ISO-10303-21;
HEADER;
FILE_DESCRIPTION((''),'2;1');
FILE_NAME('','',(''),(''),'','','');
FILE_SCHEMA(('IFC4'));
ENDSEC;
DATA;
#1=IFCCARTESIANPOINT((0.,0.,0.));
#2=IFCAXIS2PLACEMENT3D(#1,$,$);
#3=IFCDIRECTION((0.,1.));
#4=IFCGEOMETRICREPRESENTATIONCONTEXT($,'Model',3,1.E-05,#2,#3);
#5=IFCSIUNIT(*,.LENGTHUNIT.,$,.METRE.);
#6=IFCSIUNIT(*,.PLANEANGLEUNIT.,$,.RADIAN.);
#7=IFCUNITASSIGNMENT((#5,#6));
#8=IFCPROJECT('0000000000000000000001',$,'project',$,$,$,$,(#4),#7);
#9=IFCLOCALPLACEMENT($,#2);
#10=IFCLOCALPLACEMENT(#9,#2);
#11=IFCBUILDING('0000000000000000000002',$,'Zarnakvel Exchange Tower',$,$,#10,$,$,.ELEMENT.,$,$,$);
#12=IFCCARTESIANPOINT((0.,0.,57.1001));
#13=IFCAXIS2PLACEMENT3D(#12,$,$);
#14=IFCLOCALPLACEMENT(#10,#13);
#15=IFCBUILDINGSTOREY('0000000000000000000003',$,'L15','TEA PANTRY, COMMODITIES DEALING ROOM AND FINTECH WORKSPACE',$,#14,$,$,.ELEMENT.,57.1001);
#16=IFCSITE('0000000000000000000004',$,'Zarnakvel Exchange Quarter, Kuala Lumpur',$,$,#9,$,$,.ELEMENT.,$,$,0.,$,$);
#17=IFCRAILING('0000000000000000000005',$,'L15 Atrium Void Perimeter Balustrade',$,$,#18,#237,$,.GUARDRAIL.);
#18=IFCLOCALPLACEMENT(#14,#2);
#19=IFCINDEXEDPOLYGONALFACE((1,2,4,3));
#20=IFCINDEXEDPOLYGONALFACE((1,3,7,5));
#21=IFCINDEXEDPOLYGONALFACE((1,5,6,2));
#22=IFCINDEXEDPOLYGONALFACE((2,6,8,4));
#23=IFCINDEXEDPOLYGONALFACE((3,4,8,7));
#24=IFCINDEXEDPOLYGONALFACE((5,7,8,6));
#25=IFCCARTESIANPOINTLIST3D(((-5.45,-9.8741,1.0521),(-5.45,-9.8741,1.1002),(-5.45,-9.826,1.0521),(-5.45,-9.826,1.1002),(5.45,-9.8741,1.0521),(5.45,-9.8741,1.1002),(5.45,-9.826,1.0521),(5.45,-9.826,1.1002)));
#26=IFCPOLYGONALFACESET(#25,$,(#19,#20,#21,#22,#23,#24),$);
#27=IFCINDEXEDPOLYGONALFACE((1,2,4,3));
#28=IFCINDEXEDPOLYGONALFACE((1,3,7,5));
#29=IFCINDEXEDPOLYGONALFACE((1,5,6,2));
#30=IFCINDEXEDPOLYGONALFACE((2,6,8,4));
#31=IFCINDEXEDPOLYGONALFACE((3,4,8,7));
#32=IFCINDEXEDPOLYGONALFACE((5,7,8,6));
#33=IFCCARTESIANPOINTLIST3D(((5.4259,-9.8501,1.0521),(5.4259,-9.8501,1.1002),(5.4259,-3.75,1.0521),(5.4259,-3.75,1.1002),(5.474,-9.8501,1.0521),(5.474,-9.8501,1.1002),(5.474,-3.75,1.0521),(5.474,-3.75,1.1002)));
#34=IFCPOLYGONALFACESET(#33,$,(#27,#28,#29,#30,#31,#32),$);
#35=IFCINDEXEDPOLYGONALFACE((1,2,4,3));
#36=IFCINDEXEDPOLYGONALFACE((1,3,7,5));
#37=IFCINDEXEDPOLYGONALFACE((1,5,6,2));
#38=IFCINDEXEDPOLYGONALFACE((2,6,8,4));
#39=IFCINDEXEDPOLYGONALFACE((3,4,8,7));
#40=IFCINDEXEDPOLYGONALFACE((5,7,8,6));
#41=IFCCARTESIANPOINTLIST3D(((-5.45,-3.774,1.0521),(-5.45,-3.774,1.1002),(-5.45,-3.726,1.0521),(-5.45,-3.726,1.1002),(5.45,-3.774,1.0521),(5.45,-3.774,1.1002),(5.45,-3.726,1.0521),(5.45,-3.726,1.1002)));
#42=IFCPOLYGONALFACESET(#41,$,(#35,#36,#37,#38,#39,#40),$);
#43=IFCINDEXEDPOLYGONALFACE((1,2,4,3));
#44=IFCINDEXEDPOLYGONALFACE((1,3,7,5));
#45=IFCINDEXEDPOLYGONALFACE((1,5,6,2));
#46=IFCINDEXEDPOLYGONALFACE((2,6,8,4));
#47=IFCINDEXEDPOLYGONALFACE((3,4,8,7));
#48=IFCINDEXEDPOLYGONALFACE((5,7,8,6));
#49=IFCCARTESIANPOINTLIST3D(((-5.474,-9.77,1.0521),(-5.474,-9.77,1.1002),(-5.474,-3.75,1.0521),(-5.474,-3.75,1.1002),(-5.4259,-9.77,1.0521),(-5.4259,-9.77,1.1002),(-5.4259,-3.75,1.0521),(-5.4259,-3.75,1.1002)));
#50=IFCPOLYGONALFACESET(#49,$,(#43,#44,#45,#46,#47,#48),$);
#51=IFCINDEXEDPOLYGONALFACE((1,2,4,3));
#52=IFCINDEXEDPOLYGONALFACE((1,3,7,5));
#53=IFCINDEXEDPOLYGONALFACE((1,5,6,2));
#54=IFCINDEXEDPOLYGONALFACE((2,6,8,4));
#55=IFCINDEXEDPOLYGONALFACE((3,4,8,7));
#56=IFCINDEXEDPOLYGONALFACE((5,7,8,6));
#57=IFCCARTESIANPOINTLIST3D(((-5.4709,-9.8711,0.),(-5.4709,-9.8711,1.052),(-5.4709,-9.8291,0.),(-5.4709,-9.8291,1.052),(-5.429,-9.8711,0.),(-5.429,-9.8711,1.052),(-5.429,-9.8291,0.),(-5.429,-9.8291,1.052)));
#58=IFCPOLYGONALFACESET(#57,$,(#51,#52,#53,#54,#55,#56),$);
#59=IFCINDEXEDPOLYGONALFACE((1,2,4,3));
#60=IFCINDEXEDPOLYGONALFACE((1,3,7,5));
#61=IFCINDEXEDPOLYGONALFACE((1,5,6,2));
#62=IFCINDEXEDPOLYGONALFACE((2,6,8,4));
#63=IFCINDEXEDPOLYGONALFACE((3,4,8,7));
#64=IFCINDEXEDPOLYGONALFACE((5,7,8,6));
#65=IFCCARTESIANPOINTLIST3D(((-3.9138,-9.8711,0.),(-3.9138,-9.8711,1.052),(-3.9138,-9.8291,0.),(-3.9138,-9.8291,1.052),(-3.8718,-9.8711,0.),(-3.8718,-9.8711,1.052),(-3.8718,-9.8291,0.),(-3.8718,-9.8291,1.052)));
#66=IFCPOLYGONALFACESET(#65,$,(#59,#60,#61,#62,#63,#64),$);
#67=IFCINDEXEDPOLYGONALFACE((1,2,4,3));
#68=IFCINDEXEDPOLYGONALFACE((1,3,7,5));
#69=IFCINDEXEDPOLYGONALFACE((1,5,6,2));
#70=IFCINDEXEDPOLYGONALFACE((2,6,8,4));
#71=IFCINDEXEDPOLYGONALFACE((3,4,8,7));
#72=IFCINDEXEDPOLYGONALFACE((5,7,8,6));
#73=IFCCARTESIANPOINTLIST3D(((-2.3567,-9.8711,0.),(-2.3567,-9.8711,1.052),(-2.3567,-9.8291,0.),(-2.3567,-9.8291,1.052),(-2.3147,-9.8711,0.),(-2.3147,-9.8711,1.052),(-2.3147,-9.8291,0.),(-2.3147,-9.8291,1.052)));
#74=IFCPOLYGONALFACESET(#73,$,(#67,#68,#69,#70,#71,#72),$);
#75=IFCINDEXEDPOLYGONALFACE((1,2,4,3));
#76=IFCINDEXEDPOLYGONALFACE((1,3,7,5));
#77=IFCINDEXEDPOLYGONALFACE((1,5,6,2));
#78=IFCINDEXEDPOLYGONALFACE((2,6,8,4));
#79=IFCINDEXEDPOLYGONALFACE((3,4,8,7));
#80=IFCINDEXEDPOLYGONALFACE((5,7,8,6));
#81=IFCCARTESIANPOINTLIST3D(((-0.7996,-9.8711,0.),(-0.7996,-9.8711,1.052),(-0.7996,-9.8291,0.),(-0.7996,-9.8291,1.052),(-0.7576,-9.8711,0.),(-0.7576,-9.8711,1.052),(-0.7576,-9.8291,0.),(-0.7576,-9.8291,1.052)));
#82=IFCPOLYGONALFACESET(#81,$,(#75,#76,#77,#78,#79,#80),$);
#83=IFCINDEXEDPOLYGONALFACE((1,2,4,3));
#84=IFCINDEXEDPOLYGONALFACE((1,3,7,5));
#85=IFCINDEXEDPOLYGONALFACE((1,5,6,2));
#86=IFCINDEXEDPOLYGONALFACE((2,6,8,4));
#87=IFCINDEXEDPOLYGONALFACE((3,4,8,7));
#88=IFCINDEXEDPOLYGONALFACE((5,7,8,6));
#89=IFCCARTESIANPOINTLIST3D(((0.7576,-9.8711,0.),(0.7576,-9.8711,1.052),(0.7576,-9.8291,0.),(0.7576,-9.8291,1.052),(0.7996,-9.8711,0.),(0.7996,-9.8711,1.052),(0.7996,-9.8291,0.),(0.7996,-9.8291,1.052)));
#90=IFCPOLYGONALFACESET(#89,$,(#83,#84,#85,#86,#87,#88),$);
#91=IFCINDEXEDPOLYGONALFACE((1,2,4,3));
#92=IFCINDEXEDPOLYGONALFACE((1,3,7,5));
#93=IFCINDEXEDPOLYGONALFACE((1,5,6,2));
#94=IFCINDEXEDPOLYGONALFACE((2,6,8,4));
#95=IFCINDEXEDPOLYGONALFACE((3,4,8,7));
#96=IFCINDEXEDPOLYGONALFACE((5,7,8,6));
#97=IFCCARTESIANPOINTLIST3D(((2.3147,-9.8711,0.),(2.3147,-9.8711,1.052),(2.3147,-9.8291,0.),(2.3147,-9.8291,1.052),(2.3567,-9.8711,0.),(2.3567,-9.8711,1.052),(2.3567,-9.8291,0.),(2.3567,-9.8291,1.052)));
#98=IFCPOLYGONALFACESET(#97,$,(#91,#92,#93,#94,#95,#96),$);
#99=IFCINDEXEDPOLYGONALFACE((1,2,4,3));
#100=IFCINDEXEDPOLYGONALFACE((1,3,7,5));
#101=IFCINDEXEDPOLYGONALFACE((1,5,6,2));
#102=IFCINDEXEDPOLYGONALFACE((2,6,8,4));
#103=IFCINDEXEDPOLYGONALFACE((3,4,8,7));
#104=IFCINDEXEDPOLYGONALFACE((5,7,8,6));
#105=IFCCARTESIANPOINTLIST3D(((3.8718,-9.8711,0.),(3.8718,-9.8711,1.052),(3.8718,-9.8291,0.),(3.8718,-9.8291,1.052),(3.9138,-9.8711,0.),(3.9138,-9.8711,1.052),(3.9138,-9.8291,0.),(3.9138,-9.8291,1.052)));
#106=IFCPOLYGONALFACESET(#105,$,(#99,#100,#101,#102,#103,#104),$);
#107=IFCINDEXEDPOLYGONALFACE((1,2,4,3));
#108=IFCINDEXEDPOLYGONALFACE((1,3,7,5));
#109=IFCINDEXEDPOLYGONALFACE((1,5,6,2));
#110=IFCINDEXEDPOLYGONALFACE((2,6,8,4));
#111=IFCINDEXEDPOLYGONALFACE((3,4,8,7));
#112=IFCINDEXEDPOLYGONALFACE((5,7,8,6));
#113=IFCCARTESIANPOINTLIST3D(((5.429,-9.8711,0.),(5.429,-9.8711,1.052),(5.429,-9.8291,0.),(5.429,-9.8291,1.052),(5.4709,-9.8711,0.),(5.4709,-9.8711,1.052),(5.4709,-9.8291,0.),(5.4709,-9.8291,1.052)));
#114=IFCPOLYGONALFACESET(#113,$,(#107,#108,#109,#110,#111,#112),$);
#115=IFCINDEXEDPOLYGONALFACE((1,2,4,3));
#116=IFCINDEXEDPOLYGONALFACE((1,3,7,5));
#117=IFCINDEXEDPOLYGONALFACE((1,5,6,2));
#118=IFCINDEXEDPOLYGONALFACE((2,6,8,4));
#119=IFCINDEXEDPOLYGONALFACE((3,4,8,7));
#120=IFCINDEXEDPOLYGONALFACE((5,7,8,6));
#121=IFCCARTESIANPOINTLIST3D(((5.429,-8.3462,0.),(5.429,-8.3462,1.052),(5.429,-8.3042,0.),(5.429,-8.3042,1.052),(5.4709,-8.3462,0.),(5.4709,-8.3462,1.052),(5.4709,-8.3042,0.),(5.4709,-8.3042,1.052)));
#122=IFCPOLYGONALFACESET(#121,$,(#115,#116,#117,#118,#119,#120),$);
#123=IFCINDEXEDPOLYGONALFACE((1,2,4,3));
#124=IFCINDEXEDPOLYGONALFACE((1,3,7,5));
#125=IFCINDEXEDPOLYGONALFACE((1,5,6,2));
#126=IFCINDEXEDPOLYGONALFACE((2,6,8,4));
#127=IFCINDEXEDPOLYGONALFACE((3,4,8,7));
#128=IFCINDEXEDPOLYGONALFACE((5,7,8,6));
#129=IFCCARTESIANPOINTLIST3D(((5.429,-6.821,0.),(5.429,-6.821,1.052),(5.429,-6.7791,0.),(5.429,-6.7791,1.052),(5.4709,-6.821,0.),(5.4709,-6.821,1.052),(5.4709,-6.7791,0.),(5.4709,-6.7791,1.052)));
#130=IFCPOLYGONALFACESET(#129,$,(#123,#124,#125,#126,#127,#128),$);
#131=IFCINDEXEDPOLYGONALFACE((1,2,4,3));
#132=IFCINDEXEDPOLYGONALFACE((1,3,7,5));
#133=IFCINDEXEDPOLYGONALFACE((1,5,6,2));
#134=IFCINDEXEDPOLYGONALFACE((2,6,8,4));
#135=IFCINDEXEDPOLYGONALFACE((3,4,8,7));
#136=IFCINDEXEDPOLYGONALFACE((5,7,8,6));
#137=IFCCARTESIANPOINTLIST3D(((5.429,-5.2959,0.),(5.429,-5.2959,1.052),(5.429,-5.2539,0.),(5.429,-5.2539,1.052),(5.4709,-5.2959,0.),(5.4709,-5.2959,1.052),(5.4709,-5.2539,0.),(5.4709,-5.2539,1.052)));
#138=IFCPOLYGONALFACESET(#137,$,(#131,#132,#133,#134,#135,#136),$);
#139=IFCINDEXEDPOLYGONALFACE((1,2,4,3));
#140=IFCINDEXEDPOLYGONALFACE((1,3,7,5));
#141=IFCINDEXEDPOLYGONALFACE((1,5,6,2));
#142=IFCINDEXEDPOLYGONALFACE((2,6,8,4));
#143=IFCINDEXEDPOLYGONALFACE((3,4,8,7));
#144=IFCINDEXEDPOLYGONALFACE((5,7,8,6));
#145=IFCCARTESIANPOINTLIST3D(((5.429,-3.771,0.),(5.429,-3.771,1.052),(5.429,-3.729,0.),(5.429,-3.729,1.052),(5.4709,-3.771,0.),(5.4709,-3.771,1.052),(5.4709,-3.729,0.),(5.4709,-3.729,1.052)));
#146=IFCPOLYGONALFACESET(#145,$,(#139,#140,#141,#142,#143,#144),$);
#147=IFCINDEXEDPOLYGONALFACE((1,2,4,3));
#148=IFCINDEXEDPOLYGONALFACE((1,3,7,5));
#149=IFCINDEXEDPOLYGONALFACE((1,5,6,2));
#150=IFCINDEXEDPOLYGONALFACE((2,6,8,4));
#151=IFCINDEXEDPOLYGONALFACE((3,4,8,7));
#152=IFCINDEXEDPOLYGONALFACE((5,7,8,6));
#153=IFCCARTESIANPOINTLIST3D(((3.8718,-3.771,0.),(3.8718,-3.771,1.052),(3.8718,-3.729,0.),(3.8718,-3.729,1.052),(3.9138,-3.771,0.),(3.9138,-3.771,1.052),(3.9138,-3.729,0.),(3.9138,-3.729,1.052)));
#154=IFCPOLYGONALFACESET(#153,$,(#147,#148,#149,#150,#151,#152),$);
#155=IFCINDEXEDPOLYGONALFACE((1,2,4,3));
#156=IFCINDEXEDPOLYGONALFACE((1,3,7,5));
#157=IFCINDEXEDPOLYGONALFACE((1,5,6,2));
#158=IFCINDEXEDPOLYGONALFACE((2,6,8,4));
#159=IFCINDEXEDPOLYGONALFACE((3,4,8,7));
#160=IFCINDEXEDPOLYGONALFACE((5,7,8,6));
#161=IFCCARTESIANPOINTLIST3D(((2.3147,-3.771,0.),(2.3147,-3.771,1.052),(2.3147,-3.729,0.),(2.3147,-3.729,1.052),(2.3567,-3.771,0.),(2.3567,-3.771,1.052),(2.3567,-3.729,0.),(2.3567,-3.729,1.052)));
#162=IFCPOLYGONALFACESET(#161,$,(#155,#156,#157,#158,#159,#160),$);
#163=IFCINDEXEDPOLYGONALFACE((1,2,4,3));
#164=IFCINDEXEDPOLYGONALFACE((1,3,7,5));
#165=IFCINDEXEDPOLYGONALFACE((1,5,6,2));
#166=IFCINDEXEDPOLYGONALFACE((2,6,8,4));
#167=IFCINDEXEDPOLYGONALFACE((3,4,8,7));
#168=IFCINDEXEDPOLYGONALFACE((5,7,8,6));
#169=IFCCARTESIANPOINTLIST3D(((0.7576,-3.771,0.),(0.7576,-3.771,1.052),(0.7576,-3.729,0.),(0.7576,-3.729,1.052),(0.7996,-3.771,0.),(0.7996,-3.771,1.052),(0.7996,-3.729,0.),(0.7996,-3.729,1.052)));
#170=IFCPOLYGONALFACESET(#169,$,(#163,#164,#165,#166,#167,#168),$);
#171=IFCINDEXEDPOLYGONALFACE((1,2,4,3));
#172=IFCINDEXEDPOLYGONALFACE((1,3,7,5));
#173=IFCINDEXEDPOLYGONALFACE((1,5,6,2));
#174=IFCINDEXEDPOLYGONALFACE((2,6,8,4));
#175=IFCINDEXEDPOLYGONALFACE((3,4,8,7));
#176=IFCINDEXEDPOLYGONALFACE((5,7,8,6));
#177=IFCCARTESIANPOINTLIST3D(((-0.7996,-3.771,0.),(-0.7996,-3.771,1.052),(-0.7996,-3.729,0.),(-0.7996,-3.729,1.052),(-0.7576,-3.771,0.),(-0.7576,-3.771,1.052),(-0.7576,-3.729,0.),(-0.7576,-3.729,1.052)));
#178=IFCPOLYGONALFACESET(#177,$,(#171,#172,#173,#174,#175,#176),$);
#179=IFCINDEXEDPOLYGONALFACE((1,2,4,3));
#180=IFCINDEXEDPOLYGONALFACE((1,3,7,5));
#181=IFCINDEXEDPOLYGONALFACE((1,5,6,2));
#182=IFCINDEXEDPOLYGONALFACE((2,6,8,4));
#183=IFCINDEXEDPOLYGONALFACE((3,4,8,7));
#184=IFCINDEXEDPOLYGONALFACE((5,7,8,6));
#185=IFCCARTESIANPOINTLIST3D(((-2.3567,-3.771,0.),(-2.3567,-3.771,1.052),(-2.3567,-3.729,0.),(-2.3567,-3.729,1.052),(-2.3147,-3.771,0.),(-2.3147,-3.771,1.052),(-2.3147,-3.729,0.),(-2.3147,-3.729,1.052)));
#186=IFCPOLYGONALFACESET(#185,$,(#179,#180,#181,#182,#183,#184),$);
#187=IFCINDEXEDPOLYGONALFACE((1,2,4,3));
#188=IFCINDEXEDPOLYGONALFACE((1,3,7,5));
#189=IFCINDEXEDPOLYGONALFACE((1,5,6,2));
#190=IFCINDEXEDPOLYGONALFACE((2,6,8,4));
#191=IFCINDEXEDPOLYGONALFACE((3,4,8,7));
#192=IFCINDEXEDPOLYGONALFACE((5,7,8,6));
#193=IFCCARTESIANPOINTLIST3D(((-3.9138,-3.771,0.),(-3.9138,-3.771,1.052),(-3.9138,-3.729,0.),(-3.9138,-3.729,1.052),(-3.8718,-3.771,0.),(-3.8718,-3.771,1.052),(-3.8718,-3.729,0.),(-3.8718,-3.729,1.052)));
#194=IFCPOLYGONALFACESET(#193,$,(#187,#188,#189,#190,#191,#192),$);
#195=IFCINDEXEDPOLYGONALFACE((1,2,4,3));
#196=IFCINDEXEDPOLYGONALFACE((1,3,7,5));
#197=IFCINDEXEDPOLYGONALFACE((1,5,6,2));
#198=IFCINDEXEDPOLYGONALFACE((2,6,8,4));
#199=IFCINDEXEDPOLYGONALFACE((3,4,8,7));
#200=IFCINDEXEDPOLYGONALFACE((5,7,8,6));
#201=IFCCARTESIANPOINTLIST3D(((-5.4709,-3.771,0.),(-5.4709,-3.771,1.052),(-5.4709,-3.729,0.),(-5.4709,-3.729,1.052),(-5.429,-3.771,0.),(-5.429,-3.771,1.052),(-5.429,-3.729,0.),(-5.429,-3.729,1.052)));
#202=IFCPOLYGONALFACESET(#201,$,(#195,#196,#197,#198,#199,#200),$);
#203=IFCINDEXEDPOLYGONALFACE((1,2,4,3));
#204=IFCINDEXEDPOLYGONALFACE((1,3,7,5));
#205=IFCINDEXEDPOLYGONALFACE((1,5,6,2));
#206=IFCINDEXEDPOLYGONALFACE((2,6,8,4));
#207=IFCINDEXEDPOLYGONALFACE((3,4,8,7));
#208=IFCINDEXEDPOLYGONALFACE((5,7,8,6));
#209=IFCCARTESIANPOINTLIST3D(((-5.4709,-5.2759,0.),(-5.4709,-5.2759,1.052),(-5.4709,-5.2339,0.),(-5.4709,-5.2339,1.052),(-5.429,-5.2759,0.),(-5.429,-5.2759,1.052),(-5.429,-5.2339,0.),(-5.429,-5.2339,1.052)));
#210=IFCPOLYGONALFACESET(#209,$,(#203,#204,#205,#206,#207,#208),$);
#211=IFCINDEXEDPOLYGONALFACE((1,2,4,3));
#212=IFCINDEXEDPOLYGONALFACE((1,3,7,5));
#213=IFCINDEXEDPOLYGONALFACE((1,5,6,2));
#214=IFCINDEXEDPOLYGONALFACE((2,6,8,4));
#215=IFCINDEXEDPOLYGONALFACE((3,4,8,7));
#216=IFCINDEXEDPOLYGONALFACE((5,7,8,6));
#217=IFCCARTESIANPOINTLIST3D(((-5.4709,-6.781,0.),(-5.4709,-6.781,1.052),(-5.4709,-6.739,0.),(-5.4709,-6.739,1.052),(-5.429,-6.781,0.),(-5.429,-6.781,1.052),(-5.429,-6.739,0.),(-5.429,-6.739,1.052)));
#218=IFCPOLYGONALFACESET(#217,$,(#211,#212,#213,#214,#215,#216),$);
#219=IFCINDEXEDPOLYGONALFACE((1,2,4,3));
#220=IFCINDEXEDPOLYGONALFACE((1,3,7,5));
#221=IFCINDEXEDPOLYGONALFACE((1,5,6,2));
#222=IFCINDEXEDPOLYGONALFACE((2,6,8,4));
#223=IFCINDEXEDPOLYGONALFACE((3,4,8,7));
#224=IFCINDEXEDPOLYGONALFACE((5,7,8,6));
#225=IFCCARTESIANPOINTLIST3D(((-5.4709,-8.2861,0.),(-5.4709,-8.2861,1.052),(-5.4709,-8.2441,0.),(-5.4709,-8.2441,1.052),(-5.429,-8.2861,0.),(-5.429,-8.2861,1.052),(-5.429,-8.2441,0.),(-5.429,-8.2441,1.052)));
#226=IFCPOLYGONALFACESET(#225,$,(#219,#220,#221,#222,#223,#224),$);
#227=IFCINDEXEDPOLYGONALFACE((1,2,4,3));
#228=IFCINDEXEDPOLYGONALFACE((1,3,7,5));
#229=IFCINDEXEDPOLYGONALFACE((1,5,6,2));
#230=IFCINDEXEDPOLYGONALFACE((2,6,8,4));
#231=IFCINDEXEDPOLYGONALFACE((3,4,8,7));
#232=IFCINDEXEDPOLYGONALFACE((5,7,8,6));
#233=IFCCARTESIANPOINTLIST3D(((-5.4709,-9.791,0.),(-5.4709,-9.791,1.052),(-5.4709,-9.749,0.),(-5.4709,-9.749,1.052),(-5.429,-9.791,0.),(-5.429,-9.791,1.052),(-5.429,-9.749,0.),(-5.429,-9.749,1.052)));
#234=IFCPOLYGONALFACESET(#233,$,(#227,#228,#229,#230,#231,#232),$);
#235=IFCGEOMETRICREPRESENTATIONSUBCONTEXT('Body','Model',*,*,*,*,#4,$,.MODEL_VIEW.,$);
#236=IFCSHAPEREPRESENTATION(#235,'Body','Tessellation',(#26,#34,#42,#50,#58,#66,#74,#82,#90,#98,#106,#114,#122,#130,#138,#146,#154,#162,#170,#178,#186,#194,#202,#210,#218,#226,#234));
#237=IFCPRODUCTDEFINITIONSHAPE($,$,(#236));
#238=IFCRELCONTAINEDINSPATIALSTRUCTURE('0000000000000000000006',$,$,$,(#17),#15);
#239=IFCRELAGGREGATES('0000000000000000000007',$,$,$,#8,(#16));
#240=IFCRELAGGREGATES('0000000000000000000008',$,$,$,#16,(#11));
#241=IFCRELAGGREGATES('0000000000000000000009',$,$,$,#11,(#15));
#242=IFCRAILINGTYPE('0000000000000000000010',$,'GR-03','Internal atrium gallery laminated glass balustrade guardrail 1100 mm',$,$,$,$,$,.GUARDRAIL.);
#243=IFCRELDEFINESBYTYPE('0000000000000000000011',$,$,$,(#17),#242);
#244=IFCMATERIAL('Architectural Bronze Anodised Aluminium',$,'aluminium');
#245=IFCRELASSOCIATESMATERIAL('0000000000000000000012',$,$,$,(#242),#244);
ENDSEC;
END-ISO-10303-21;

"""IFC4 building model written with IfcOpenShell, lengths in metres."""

from ifc_helpers import new_model, si_unit, direction, frame, origin, origin_2d, place, context, subcontext, project, spatial, rectangle, extrude, material, type_object, element, save


model = new_model("IFC4")

# Units and contexts
model_context = context("Model", 3, precision=1e-05, world=origin(), true_north=direction((0.0, 1.0)))
body_context = subcontext(model_context, "Body", "Model", "MODEL_VIEW")
ifc_project = project(units=[si_unit("LENGTHUNIT", "METRE"), si_unit("PLANEANGLEUNIT", "RADIAN")], contexts=[model_context])

# Site, building, storey
site_placement = place(None, origin())
site = spatial("IfcSite", under=ifc_project, at=site_placement, Name="Zarnakvel Exchange Quarter, Kuala Lumpur", CompositionType="ELEMENT", RefElevation=0.0)
building_placement = place(site_placement, origin())
building = spatial("IfcBuilding", under=site, at=building_placement, Name="Zarnakvel Exchange Tower", CompositionType="ELEMENT")
storey_placement = place(building_placement, frame((0.0, 0.0, 57.1001)))
storey = spatial("IfcBuildingStorey", under=building, at=storey_placement, Name="L15", Description="TEA PANTRY, COMMODITIES DEALING ROOM AND FINTECH WORKSPACE", CompositionType="ELEMENT", Elevation=57.1001)

# Shared definitions
ifc_material_1 = material(Name="Architectural Bronze Anodised Aluminium", Category="aluminium")

# Railing
railing_type_1 = type_object("IfcRailingType", Name="GR-03", Description="Internal atrium gallery laminated glass balustrade guardrail 1100 mm", PredefinedType="GUARDRAIL", material=ifc_material_1)
railing_1_placement = place(storey_placement, frame((-5.45, -9.8501, 0.0)))
element("IfcRailing", 1, at=railing_1_placement, inside=storey, type_object=railing_type_1, Name="L15 Atrium Void Perimeter Balustrade", PredefinedType="GUARDRAIL", context=body_context, shape_type="SweptSolid", body=[
    extrude(rectangle(XDim=0.0481, YDim=0.0481, at=origin_2d()), frame((0.0, 0.0, 1.0762), z_axis=(1.0, 0.0, 0.0), x_axis=(0.0, 1.0, 0.0)), (0.0, 0.0, 1.0), 10.8999),
    extrude(rectangle(XDim=0.0481, YDim=0.0481, at=origin_2d()), frame((10.8999, 0.0, 1.0762), z_axis=(0.0, 1.0, 0.0), x_axis=(-1.0, 0.0, 0.0)), (0.0, 0.0, 1.0), 6.1001),
    extrude(rectangle(XDim=0.0481, YDim=0.0481, at=origin_2d()), frame((10.8999, 6.1001, 1.0762), z_axis=(-1.0, 0.0, 0.0), x_axis=(0.0, -1.0, 0.0)), (0.0, 0.0, 1.0), 10.8999),
    extrude(rectangle(XDim=0.0481, YDim=0.0481, at=origin_2d()), frame((0.0, 6.1001, 1.0762), z_axis=(0.0, -1.0, 0.0), x_axis=(1.0, 0.0, 0.0)), (0.0, 0.0, 1.0), 6.02),
    extrude(rectangle(XDim=0.042, YDim=0.042, at=origin_2d()), origin(), (0.0, 0.0, 1.0), 1.052),
    extrude(rectangle(XDim=0.042, YDim=0.042, at=origin_2d()), frame((1.5571, 0.0, 0.0)), (0.0, 0.0, 1.0), 1.052),
    extrude(rectangle(XDim=0.042, YDim=0.042, at=origin_2d()), frame((3.1143, 0.0, 0.0)), (0.0, 0.0, 1.0), 1.052),
    extrude(rectangle(XDim=0.042, YDim=0.042, at=origin_2d()), frame((4.6714, 0.0, 0.0)), (0.0, 0.0, 1.0), 1.052),
    extrude(rectangle(XDim=0.042, YDim=0.042, at=origin_2d()), frame((6.2285, 0.0, 0.0)), (0.0, 0.0, 1.0), 1.052),
    extrude(rectangle(XDim=0.042, YDim=0.042, at=origin_2d()), frame((7.7856, 0.0, 0.0)), (0.0, 0.0, 1.0), 1.052),
    extrude(rectangle(XDim=0.042, YDim=0.042, at=origin_2d()), frame((9.3428, 0.0, 0.0)), (0.0, 0.0, 1.0), 1.052),
    extrude(rectangle(XDim=0.042, YDim=0.042, at=origin_2d()), frame((10.8999, 0.0, 0.0)), (0.0, 0.0, 1.0), 1.052),
    extrude(rectangle(XDim=0.042, YDim=0.042, at=origin_2d()), frame((10.8999, 1.5249, 0.0)), (0.0, 0.0, 1.0), 1.052),
    extrude(rectangle(XDim=0.042, YDim=0.042, at=origin_2d()), frame((10.8999, 3.05, 0.0)), (0.0, 0.0, 1.0), 1.052),
    extrude(rectangle(XDim=0.042, YDim=0.042, at=origin_2d()), frame((10.8999, 4.5752, 0.0)), (0.0, 0.0, 1.0), 1.052),
    extrude(rectangle(XDim=0.042, YDim=0.042, at=origin_2d()), frame((10.8999, 6.1001, 0.0)), (0.0, 0.0, 1.0), 1.052),
    extrude(rectangle(XDim=0.042, YDim=0.042, at=origin_2d()), frame((9.3428, 6.1001, 0.0)), (0.0, 0.0, 1.0), 1.052),
    extrude(rectangle(XDim=0.042, YDim=0.042, at=origin_2d()), frame((7.7856, 6.1001, 0.0)), (0.0, 0.0, 1.0), 1.052),
    extrude(rectangle(XDim=0.042, YDim=0.042, at=origin_2d()), frame((6.2285, 6.1001, 0.0)), (0.0, 0.0, 1.0), 1.052),
    extrude(rectangle(XDim=0.042, YDim=0.042, at=origin_2d()), frame((4.6714, 6.1001, 0.0)), (0.0, 0.0, 1.0), 1.052),
    extrude(rectangle(XDim=0.042, YDim=0.042, at=origin_2d()), frame((3.1143, 6.1001, 0.0)), (0.0, 0.0, 1.0), 1.052),
    extrude(rectangle(XDim=0.042, YDim=0.042, at=origin_2d()), frame((1.5571, 6.1001, 0.0)), (0.0, 0.0, 1.0), 1.052),
    extrude(rectangle(XDim=0.042, YDim=0.042, at=origin_2d()), frame((0.0, 6.1001, 0.0)), (0.0, 0.0, 1.0), 1.052),
    extrude(rectangle(XDim=0.042, YDim=0.042, at=origin_2d()), frame((0.0, 4.5952, 0.0)), (0.0, 0.0, 1.0), 1.052),
    extrude(rectangle(XDim=0.042, YDim=0.042, at=origin_2d()), frame((0.0, 3.0901, 0.0)), (0.0, 0.0, 1.0), 1.052),
    extrude(rectangle(XDim=0.042, YDim=0.042, at=origin_2d()), frame((0.0, 1.585, 0.0)), (0.0, 0.0, 1.0), 1.052),
    extrude(rectangle(XDim=0.042, YDim=0.042, at=origin_2d()), frame((0.0, 0.0801, 0.0)), (0.0, 0.0, 1.0), 1.052),
])

save(model, "model.ifc")
